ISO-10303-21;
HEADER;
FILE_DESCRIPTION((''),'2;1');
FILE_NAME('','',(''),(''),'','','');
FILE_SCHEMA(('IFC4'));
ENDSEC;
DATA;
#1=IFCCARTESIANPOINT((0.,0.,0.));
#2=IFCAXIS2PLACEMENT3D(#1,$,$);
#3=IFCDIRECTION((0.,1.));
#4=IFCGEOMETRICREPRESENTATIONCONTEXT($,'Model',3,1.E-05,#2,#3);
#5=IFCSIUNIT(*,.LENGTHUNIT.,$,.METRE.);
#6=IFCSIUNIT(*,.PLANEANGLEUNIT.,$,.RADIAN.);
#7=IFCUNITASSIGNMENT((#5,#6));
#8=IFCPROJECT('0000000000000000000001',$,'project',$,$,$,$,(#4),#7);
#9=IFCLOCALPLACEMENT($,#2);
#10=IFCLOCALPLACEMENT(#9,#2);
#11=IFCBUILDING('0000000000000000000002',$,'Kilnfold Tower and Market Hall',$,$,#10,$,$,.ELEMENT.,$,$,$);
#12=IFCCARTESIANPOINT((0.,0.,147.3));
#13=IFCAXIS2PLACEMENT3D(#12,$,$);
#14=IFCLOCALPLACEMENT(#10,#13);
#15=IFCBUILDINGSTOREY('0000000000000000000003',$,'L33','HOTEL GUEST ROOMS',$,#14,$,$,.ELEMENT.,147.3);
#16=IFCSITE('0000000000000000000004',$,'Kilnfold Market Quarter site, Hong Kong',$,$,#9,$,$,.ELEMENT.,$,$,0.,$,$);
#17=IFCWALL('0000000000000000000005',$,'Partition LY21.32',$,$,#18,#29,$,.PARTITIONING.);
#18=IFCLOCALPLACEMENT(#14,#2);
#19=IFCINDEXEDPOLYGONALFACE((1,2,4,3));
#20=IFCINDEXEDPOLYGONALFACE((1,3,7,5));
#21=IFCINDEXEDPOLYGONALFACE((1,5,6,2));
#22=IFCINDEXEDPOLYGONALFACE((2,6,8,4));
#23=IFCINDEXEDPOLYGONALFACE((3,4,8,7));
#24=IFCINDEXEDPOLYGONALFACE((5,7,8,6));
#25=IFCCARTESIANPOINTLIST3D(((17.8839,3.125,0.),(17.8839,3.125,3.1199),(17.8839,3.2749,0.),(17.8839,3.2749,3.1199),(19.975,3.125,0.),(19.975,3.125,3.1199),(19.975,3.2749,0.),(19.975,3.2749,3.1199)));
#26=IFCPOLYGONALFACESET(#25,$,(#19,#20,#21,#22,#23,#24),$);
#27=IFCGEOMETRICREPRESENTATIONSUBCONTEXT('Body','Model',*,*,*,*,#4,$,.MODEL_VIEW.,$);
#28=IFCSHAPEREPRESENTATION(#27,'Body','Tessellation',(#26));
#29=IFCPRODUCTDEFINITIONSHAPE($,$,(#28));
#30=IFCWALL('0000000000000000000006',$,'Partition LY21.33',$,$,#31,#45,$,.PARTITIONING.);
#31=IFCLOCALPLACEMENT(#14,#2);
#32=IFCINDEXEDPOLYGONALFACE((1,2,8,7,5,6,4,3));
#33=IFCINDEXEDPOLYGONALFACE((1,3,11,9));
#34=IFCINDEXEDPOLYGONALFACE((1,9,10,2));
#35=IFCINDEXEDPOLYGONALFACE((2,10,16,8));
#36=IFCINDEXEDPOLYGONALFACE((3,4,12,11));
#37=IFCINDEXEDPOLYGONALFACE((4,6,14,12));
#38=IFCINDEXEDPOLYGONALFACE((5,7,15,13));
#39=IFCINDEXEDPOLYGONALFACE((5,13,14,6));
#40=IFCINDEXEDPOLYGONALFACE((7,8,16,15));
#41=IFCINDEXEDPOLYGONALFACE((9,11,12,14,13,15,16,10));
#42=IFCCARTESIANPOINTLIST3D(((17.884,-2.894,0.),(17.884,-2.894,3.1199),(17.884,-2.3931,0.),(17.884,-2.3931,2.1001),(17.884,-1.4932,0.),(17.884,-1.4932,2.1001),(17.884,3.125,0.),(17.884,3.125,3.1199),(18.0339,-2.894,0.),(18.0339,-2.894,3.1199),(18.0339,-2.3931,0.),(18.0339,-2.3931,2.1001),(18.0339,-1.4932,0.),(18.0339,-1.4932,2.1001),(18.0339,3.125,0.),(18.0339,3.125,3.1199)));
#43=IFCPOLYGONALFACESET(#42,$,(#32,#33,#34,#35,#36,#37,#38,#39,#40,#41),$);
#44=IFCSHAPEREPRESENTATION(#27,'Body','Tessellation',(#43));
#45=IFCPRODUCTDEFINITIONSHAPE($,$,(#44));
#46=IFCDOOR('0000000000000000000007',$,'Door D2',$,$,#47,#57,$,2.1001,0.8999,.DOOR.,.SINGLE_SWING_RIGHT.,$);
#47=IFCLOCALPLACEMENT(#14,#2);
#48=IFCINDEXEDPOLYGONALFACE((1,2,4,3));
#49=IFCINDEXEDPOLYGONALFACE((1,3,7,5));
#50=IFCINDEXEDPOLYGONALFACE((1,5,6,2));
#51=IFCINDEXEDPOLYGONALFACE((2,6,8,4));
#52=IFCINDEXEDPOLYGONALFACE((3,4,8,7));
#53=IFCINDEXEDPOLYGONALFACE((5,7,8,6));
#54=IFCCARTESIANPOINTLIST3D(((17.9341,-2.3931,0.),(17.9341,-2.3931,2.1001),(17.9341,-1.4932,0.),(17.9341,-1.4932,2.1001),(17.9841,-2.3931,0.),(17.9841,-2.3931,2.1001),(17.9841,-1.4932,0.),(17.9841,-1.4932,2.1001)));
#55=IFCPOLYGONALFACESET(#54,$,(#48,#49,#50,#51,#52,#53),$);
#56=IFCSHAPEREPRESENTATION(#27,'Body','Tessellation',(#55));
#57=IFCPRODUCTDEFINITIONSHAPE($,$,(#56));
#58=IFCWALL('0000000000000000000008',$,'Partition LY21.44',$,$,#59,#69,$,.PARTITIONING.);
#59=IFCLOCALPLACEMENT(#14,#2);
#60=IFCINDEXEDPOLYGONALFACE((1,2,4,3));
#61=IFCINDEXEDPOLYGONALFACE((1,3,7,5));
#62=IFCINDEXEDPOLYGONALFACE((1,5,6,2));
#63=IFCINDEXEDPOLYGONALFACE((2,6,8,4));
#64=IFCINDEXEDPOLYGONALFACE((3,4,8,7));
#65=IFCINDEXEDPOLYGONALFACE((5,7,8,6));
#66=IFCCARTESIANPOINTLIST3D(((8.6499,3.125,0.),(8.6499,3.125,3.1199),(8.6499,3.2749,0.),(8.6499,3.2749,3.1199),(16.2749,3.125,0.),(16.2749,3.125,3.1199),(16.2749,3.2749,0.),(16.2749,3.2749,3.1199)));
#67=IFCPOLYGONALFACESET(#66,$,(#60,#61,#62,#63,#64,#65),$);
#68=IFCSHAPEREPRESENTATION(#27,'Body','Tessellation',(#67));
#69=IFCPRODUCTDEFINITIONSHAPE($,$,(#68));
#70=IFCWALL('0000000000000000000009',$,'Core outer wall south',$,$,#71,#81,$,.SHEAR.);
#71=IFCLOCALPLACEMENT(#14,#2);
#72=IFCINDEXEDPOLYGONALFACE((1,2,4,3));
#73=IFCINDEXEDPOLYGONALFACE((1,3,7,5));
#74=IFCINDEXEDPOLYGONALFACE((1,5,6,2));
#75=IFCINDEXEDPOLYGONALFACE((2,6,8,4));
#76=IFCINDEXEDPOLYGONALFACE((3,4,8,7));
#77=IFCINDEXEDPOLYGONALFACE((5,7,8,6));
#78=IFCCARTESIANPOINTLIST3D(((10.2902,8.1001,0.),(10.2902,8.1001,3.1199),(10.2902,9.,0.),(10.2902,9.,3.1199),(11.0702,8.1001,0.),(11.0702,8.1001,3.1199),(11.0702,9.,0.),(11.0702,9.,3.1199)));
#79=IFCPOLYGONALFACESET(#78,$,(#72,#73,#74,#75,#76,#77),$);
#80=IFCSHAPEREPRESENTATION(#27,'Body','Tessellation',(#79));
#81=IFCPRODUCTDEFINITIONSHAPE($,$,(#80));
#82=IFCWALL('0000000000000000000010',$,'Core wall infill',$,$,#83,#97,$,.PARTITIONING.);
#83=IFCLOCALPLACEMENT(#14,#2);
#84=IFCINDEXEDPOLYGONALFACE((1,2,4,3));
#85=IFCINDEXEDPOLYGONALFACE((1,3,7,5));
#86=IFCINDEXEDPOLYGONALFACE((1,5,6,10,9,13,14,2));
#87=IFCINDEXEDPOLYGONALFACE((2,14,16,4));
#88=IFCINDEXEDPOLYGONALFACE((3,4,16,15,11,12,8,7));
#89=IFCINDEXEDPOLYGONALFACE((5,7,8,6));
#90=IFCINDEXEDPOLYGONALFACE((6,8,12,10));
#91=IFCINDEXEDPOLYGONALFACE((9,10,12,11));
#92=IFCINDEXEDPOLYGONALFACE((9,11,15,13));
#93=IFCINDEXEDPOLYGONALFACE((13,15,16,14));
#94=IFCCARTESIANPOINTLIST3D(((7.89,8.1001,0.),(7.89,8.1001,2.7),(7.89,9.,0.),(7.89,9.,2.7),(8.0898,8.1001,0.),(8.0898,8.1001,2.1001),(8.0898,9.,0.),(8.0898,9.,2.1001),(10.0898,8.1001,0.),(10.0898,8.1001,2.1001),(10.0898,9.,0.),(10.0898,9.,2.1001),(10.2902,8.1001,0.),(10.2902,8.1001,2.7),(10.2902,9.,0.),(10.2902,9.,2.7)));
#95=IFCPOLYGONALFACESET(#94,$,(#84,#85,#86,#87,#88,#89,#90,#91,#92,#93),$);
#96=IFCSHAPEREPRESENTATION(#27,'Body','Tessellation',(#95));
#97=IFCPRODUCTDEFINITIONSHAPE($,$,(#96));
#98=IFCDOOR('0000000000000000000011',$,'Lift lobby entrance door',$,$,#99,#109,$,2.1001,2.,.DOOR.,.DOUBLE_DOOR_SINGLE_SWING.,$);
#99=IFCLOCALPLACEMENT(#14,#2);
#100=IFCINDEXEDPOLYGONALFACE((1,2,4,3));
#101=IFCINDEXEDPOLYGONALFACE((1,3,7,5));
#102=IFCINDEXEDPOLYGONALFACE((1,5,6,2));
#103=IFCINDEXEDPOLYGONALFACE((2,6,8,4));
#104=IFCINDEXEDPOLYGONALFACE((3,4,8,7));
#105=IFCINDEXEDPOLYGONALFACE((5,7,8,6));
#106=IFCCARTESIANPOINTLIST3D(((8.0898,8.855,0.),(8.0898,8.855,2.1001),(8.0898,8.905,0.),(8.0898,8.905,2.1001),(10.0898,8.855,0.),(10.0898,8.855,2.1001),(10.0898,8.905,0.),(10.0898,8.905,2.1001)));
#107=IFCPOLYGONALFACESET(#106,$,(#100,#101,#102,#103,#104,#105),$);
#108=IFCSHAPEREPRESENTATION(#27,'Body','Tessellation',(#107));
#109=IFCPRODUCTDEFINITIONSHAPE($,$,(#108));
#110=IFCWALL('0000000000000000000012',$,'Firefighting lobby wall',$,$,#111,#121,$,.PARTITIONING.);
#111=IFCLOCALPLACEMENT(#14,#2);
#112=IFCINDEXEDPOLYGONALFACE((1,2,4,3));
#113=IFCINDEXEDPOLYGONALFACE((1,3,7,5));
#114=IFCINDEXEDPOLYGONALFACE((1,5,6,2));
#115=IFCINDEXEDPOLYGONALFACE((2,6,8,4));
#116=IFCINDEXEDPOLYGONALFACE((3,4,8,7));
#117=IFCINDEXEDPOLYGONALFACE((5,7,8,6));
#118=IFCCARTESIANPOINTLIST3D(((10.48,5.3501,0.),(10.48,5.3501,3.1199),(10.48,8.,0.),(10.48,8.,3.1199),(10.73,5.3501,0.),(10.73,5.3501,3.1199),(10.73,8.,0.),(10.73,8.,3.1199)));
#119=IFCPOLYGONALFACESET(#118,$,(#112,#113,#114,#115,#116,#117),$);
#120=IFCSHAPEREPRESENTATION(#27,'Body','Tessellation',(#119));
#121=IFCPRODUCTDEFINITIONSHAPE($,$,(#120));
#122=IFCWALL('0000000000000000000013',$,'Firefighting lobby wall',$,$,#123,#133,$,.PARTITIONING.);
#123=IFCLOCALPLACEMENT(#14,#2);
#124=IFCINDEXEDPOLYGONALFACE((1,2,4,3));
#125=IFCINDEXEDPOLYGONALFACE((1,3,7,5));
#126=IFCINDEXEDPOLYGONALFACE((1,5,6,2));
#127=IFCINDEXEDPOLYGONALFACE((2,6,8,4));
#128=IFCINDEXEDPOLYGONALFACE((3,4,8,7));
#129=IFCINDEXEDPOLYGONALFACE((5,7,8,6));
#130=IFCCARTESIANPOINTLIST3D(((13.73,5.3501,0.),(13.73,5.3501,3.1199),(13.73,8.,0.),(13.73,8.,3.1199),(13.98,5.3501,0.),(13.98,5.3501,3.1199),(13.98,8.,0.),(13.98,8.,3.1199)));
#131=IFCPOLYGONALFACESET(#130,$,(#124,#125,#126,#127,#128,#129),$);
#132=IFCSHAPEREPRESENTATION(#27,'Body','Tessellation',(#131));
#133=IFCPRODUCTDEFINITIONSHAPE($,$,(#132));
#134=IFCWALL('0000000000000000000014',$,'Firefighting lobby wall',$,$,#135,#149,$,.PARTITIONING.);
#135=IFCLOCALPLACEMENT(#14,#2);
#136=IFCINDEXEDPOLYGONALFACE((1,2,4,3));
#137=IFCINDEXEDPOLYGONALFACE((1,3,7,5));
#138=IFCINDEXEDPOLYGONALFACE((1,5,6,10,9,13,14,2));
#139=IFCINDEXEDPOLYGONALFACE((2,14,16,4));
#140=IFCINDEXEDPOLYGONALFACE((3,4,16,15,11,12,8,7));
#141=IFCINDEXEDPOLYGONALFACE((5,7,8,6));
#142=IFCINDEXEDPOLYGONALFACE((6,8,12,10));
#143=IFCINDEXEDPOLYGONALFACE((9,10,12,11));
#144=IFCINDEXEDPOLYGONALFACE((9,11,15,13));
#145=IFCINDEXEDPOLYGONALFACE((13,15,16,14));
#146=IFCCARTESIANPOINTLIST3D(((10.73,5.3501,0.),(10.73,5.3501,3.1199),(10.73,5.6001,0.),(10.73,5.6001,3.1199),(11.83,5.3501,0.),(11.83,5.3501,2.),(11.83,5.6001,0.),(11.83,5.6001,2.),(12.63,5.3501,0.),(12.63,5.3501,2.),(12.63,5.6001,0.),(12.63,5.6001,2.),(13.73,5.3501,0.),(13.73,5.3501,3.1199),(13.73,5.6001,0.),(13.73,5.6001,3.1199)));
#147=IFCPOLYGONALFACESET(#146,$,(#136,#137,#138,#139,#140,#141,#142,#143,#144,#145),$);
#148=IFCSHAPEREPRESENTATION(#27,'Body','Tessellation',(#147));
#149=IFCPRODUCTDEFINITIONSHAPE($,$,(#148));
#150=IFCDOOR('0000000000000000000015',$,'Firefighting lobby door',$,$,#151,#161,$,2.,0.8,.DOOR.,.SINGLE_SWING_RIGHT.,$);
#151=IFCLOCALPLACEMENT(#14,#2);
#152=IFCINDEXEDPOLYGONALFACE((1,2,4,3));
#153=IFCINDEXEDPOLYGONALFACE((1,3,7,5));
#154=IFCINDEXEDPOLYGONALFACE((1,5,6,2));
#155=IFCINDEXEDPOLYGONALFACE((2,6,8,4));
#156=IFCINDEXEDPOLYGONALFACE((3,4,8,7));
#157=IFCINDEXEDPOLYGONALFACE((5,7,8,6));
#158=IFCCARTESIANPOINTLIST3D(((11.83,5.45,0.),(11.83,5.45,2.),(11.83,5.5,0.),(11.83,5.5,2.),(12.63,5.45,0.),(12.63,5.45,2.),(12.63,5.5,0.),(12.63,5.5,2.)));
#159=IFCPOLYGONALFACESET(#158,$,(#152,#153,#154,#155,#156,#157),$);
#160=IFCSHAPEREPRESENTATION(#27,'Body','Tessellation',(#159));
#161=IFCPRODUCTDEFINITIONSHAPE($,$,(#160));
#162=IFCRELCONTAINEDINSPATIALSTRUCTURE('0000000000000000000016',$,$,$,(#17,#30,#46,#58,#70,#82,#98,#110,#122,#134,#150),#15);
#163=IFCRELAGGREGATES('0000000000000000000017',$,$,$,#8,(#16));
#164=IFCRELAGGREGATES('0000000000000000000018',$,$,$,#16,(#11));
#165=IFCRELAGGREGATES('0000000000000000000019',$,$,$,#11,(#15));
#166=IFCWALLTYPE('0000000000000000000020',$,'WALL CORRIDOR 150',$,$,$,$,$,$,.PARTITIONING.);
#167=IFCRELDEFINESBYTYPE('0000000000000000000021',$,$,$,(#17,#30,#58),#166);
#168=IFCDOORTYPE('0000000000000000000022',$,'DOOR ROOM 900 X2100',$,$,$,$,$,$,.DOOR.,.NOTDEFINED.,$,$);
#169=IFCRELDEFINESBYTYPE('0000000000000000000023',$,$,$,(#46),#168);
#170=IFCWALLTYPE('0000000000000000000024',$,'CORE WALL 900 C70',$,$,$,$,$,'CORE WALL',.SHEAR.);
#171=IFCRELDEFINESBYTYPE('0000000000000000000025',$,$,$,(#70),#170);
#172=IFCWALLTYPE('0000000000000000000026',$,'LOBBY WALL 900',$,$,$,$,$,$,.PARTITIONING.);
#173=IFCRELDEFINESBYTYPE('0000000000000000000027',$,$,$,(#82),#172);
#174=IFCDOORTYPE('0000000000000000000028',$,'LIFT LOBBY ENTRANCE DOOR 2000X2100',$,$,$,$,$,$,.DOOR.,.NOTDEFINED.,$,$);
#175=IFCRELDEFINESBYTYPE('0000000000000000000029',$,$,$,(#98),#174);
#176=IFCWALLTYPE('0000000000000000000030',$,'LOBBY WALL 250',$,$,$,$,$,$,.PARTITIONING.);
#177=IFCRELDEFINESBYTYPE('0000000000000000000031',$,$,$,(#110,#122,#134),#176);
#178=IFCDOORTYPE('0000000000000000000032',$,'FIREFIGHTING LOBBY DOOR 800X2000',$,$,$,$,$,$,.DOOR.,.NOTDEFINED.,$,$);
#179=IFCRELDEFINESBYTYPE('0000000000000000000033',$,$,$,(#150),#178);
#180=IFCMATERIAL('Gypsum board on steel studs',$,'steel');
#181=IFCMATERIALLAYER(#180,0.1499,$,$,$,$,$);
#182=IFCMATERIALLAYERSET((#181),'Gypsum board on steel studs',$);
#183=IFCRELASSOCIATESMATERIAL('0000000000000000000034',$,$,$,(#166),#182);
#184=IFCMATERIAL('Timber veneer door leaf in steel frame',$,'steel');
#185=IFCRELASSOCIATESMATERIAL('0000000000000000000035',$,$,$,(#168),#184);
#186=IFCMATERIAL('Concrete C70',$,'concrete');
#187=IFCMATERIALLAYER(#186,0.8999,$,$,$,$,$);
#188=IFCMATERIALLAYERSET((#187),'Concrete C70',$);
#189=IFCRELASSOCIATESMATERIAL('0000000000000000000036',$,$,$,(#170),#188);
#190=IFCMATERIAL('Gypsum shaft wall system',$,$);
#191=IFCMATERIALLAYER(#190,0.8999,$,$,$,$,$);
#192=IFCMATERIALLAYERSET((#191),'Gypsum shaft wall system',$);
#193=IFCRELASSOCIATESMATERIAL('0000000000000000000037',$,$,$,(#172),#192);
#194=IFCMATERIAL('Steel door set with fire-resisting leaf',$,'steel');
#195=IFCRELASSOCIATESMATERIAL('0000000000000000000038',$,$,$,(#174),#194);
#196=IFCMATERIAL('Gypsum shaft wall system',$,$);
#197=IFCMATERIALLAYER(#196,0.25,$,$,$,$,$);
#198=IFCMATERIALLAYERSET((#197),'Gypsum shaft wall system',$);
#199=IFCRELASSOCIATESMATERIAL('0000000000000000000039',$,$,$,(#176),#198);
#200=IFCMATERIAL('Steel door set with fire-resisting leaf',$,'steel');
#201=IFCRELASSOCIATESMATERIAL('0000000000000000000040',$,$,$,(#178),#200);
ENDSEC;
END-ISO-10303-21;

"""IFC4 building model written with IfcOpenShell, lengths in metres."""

from ifc_helpers import new_model, si_unit, direction, frame, frame_2d, origin, place, context, subcontext, project, spatial, rectangle, extrude, source, transform, mapped, material, layer, layer_set, type_object, element, fill, save


model = new_model("IFC4")

# Units and contexts
model_context = context("Model", 3, precision=1e-05, world=origin(), true_north=direction((0.0, 1.0)))
body_context = subcontext(model_context, "Body", "Model", "MODEL_VIEW")
ifc_project = project(units=[si_unit("LENGTHUNIT", "METRE"), si_unit("PLANEANGLEUNIT", "RADIAN")], contexts=[model_context])

# Site, building, storey
site_placement = place(None, origin())
site = spatial("IfcSite", under=ifc_project, at=site_placement, Name="Kilnfold Market Quarter site, Hong Kong", CompositionType="ELEMENT", RefElevation=0.0)
building_placement = place(site_placement, origin())
building = spatial("IfcBuilding", under=site, at=building_placement, Name="Kilnfold Tower and Market Hall", CompositionType="ELEMENT")
storey_placement = place(building_placement, frame((0.0, 0.0, 147.3)))
storey = spatial("IfcBuildingStorey", under=building, at=storey_placement, Name="L33", Description="HOTEL GUEST ROOMS", CompositionType="ELEMENT", Elevation=147.3)

# Wall
ifc_material_1 = material(Name="Gypsum board on steel studs", Category="steel")
ifc_layer_1 = layer(ifc_material_1, 0.1499)
ifc_layer_set_1 = layer_set([ifc_layer_1], Name="Gypsum board on steel studs")
wall_type_1 = type_object("IfcWallType", Name="WALL CORRIDOR 150", PredefinedType="PARTITIONING", material=ifc_layer_set_1)
wall_1_placement = place(storey_placement, frame((17.884, 3.2, 0.0), z_axis=(0.0, 0.0, 1.0), x_axis=(1.0, 0.0, 0.0)))
element("IfcWall", 1, at=wall_1_placement, inside=storey, type_object=wall_type_1, Name="Partition LY21.32", PredefinedType="PARTITIONING", context=body_context, shape_type="SweptSolid", body=[
    extrude(rectangle(XDim=2.0911, YDim=0.1499, at=frame_2d((1.0454, 0.0))), origin(), (0.0, 0.0, 1.0), 3.1199),
])

# Wall, opening, door
wall_2_placement = place(storey_placement, frame((17.959, -2.894, 0.0), z_axis=(0.0, 0.0, 1.0), x_axis=(0.0, 1.0, 0.0)))
wall_2 = element("IfcWall", 2, at=wall_2_placement, inside=storey, type_object=wall_type_1, Name="Partition LY21.33", PredefinedType="PARTITIONING", context=body_context, shape_type="SweptSolid", body=[
    extrude(rectangle(XDim=6.019, YDim=0.1499, at=frame_2d((3.0095, 0.0))), origin(), (0.0, 0.0, 1.0), 3.1199),
])
opening_1_placement = place(wall_2_placement, frame((0.501, 0.0, 0.0)))
opening_1 = element("IfcOpeningElement", 3, at=opening_1_placement, cuts=wall_2, PredefinedType="OPENING", context=body_context, shape_type="SweptSolid", body=[
    extrude(rectangle(XDim=0.8999, YDim=2.1001, at=frame_2d((0.45, 1.05))), frame((0.0, 0.085, 0.0), z_axis=(0.0, -1.0, 0.0), x_axis=(1.0, 0.0, 0.0)), (0.0, 0.0, 1.0), 0.1699),
])
ifc_material_2 = material(Name="Timber veneer door leaf in steel frame", Category="steel")
door_type_1 = type_object("IfcDoorType", Name="DOOR ROOM 900 X2100", OperationType="NOTDEFINED", PredefinedType="DOOR", material=ifc_material_2)
door_1_placement = place(opening_1_placement, origin())
door_1 = element("IfcDoor", 4, at=door_1_placement, inside=storey, type_object=door_type_1, Name="Door D2", OperationType="SINGLE_SWING_RIGHT", OverallHeight=2.1001, OverallWidth=0.8999, PredefinedType="DOOR", context=body_context, shape_type="SweptSolid", body=[
    extrude(rectangle(XDim=0.8999, YDim=2.1001, at=frame_2d((0.45, 1.05))), frame((0.0, 0.0249, 0.0), z_axis=(0.0, -1.0, 0.0), x_axis=(1.0, 0.0, 0.0)), (0.0, 0.0, 1.0), 0.05),
])
fill(opening_1, door_1)

# Walls
wall_3_placement = place(storey_placement, frame((8.6499, 3.2, 0.0), z_axis=(0.0, 0.0, 1.0), x_axis=(1.0, 0.0, 0.0)))
element("IfcWall", 5, at=wall_3_placement, inside=storey, type_object=wall_type_1, Name="Partition LY21.44", PredefinedType="PARTITIONING", context=body_context, shape_type="SweptSolid", body=[
    extrude(rectangle(XDim=7.625, YDim=0.1499, at=frame_2d((3.8125, 0.0))), origin(), (0.0, 0.0, 1.0), 3.1199),
])
ifc_material_3 = material(Name="Concrete C70", Category="concrete")
ifc_layer_2 = layer(ifc_material_3, 0.8999)
ifc_layer_set_2 = layer_set([ifc_layer_2], Name="Concrete C70")
wall_type_2 = type_object("IfcWallType", Name="CORE WALL 900 C70", ElementType="CORE WALL", PredefinedType="SHEAR", material=ifc_layer_set_2)
shared_shape_1 = source(origin(), body_context, "Body", "SweptSolid", [
    extrude(rectangle(XDim=0.78, YDim=0.8999, at=frame_2d((0.3901, 0.0))), origin(), (0.0, 0.0, 1.0), 3.1199),
])
wall_4_placement = place(storey_placement, frame((10.29, 8.55, 0.0), z_axis=(0.0, 0.0, 1.0), x_axis=(1.0, 0.0, 0.0)))
element("IfcWall", 6, at=wall_4_placement, inside=storey, type_object=wall_type_2, Name="Core outer wall south", PredefinedType="SHEAR", context=body_context, shape_type="MappedRepresentation", body=[
    mapped(shared_shape_1, transform((0.0, 0.0, 0.0))),
])

# Wall, opening, door
ifc_material_4 = material(Name="Gypsum shaft wall system")
ifc_layer_3 = layer(ifc_material_4, 0.8999)
ifc_layer_set_3 = layer_set([ifc_layer_3], Name="Gypsum shaft wall system")
wall_type_3 = type_object("IfcWallType", Name="LOBBY WALL 900", PredefinedType="PARTITIONING", material=ifc_layer_set_3)
shared_shape_2 = source(origin(), body_context, "Body", "SweptSolid", [
    extrude(rectangle(XDim=2.4001, YDim=0.8999, at=frame_2d((1.2002, 0.0))), origin(), (0.0, 0.0, 1.0), 2.7),
])
wall_5_placement = place(storey_placement, frame((7.8899, 8.55, 0.0), z_axis=(0.0, 0.0, 1.0), x_axis=(1.0, 0.0, 0.0)))
wall_5 = element("IfcWall", 7, at=wall_5_placement, inside=storey, type_object=wall_type_3, Name="Core wall infill", PredefinedType="PARTITIONING", context=body_context, shape_type="MappedRepresentation", body=[
    mapped(shared_shape_2, transform((0.0, 0.0, 0.0))),
])
opening_2_placement = place(wall_5_placement, frame((0.2, 0.0, 0.0)))
opening_2 = element("IfcOpeningElement", 8, at=opening_2_placement, cuts=wall_5, PredefinedType="OPENING", context=body_context, shape_type="SweptSolid", body=[
    extrude(rectangle(XDim=2.0, YDim=2.1001, at=frame_2d((1.0, 1.05))), frame((0.0, 0.46, 0.0), z_axis=(0.0, -1.0, 0.0), x_axis=(1.0, 0.0, 0.0)), (0.0, 0.0, 1.0), 0.9199),
])
ifc_material_5 = material(Name="Steel door set with fire-resisting leaf", Category="steel")
door_type_2 = type_object("IfcDoorType", Name="LIFT LOBBY ENTRANCE DOOR 2000X2100", OperationType="NOTDEFINED", PredefinedType="DOOR", material=ifc_material_5)
door_2_placement = place(opening_2_placement, origin())
door_2 = element("IfcDoor", 9, at=door_2_placement, inside=storey, type_object=door_type_2, Name="Lift lobby entrance door", OperationType="DOUBLE_DOOR_SINGLE_SWING", OverallHeight=2.1001, OverallWidth=2.0, PredefinedType="DOOR", context=body_context, shape_type="SweptSolid", body=[
    extrude(rectangle(XDim=2.0, YDim=2.1001, at=frame_2d((1.0, 1.05))), frame((0.0, 0.355, 0.0), z_axis=(0.0, -1.0, 0.0), x_axis=(1.0, 0.0, 0.0)), (0.0, 0.0, 1.0), 0.05),
])
fill(opening_2, door_2)

# Walls
ifc_material_6 = material(Name="Gypsum shaft wall system")
ifc_layer_4 = layer(ifc_material_6, 0.25)
ifc_layer_set_4 = layer_set([ifc_layer_4], Name="Gypsum shaft wall system")
wall_type_4 = type_object("IfcWallType", Name="LOBBY WALL 250", PredefinedType="PARTITIONING", material=ifc_layer_set_4)
shared_shape_3 = source(origin(), body_context, "Body", "SweptSolid", [
    extrude(rectangle(XDim=2.6499, YDim=0.25, at=frame_2d((1.325, 0.0))), origin(), (0.0, 0.0, 1.0), 3.1199),
])
for number, where, z_axis, x_axis, name in (
    (10, (10.605, 5.3501, 0.0), (0.0, 0.0, 1.0), (0.0, 1.0, 0.0), "Firefighting lobby wall"),
    (11, (13.855, 5.3501, 0.0), (0.0, 0.0, 1.0), (0.0, 1.0, 0.0), "Firefighting lobby wall"),
):
    element("IfcWall", number, at=place(storey_placement, frame(where, z_axis=z_axis, x_axis=x_axis)), inside=storey, type_object=wall_type_4, Name=name, PredefinedType="PARTITIONING", context=body_context, shape_type="MappedRepresentation", body=[
        mapped(shared_shape_3, transform((0.0, 0.0, 0.0))),
    ])

# Wall, opening, door
shared_shape_4 = source(origin(), body_context, "Body", "SweptSolid", [
    extrude(rectangle(XDim=3.0, YDim=0.25, at=frame_2d((1.5, 0.0))), origin(), (0.0, 0.0, 1.0), 3.1199),
])
wall_6_placement = place(storey_placement, frame((10.73, 5.4751, 0.0), z_axis=(0.0, 0.0, 1.0), x_axis=(1.0, 0.0, 0.0)))
wall_6 = element("IfcWall", 12, at=wall_6_placement, inside=storey, type_object=wall_type_4, Name="Firefighting lobby wall", PredefinedType="PARTITIONING", context=body_context, shape_type="MappedRepresentation", body=[
    mapped(shared_shape_4, transform((0.0, 0.0, 0.0))),
])
opening_3_placement = place(wall_6_placement, frame((1.1001, 0.0, 0.0)))
opening_3 = element("IfcOpeningElement", 13, at=opening_3_placement, cuts=wall_6, PredefinedType="OPENING", context=body_context, shape_type="SweptSolid", body=[
    extrude(rectangle(XDim=0.8, YDim=2.0, at=frame_2d((0.3999, 1.0))), frame((0.0, 0.135, 0.0), z_axis=(0.0, -1.0, 0.0), x_axis=(1.0, 0.0, 0.0)), (0.0, 0.0, 1.0), 0.27),
])
ifc_material_7 = material(Name="Steel door set with fire-resisting leaf", Category="steel")
door_type_3 = type_object("IfcDoorType", Name="FIREFIGHTING LOBBY DOOR 800X2000", OperationType="NOTDEFINED", PredefinedType="DOOR", material=ifc_material_7)
door_3_placement = place(opening_3_placement, origin())
door_3 = element("IfcDoor", 14, at=door_3_placement, inside=storey, type_object=door_type_3, Name="Firefighting lobby door", OperationType="SINGLE_SWING_RIGHT", OverallHeight=2.0, OverallWidth=0.8, PredefinedType="DOOR", context=body_context, shape_type="SweptSolid", body=[
    extrude(rectangle(XDim=0.8, YDim=2.0, at=frame_2d((0.3999, 1.0))), frame((0.0, 0.0249, 0.0), z_axis=(0.0, -1.0, 0.0), x_axis=(1.0, 0.0, 0.0)), (0.0, 0.0, 1.0), 0.05),
])
fill(opening_3, door_3)

save(model, "model.ifc")
